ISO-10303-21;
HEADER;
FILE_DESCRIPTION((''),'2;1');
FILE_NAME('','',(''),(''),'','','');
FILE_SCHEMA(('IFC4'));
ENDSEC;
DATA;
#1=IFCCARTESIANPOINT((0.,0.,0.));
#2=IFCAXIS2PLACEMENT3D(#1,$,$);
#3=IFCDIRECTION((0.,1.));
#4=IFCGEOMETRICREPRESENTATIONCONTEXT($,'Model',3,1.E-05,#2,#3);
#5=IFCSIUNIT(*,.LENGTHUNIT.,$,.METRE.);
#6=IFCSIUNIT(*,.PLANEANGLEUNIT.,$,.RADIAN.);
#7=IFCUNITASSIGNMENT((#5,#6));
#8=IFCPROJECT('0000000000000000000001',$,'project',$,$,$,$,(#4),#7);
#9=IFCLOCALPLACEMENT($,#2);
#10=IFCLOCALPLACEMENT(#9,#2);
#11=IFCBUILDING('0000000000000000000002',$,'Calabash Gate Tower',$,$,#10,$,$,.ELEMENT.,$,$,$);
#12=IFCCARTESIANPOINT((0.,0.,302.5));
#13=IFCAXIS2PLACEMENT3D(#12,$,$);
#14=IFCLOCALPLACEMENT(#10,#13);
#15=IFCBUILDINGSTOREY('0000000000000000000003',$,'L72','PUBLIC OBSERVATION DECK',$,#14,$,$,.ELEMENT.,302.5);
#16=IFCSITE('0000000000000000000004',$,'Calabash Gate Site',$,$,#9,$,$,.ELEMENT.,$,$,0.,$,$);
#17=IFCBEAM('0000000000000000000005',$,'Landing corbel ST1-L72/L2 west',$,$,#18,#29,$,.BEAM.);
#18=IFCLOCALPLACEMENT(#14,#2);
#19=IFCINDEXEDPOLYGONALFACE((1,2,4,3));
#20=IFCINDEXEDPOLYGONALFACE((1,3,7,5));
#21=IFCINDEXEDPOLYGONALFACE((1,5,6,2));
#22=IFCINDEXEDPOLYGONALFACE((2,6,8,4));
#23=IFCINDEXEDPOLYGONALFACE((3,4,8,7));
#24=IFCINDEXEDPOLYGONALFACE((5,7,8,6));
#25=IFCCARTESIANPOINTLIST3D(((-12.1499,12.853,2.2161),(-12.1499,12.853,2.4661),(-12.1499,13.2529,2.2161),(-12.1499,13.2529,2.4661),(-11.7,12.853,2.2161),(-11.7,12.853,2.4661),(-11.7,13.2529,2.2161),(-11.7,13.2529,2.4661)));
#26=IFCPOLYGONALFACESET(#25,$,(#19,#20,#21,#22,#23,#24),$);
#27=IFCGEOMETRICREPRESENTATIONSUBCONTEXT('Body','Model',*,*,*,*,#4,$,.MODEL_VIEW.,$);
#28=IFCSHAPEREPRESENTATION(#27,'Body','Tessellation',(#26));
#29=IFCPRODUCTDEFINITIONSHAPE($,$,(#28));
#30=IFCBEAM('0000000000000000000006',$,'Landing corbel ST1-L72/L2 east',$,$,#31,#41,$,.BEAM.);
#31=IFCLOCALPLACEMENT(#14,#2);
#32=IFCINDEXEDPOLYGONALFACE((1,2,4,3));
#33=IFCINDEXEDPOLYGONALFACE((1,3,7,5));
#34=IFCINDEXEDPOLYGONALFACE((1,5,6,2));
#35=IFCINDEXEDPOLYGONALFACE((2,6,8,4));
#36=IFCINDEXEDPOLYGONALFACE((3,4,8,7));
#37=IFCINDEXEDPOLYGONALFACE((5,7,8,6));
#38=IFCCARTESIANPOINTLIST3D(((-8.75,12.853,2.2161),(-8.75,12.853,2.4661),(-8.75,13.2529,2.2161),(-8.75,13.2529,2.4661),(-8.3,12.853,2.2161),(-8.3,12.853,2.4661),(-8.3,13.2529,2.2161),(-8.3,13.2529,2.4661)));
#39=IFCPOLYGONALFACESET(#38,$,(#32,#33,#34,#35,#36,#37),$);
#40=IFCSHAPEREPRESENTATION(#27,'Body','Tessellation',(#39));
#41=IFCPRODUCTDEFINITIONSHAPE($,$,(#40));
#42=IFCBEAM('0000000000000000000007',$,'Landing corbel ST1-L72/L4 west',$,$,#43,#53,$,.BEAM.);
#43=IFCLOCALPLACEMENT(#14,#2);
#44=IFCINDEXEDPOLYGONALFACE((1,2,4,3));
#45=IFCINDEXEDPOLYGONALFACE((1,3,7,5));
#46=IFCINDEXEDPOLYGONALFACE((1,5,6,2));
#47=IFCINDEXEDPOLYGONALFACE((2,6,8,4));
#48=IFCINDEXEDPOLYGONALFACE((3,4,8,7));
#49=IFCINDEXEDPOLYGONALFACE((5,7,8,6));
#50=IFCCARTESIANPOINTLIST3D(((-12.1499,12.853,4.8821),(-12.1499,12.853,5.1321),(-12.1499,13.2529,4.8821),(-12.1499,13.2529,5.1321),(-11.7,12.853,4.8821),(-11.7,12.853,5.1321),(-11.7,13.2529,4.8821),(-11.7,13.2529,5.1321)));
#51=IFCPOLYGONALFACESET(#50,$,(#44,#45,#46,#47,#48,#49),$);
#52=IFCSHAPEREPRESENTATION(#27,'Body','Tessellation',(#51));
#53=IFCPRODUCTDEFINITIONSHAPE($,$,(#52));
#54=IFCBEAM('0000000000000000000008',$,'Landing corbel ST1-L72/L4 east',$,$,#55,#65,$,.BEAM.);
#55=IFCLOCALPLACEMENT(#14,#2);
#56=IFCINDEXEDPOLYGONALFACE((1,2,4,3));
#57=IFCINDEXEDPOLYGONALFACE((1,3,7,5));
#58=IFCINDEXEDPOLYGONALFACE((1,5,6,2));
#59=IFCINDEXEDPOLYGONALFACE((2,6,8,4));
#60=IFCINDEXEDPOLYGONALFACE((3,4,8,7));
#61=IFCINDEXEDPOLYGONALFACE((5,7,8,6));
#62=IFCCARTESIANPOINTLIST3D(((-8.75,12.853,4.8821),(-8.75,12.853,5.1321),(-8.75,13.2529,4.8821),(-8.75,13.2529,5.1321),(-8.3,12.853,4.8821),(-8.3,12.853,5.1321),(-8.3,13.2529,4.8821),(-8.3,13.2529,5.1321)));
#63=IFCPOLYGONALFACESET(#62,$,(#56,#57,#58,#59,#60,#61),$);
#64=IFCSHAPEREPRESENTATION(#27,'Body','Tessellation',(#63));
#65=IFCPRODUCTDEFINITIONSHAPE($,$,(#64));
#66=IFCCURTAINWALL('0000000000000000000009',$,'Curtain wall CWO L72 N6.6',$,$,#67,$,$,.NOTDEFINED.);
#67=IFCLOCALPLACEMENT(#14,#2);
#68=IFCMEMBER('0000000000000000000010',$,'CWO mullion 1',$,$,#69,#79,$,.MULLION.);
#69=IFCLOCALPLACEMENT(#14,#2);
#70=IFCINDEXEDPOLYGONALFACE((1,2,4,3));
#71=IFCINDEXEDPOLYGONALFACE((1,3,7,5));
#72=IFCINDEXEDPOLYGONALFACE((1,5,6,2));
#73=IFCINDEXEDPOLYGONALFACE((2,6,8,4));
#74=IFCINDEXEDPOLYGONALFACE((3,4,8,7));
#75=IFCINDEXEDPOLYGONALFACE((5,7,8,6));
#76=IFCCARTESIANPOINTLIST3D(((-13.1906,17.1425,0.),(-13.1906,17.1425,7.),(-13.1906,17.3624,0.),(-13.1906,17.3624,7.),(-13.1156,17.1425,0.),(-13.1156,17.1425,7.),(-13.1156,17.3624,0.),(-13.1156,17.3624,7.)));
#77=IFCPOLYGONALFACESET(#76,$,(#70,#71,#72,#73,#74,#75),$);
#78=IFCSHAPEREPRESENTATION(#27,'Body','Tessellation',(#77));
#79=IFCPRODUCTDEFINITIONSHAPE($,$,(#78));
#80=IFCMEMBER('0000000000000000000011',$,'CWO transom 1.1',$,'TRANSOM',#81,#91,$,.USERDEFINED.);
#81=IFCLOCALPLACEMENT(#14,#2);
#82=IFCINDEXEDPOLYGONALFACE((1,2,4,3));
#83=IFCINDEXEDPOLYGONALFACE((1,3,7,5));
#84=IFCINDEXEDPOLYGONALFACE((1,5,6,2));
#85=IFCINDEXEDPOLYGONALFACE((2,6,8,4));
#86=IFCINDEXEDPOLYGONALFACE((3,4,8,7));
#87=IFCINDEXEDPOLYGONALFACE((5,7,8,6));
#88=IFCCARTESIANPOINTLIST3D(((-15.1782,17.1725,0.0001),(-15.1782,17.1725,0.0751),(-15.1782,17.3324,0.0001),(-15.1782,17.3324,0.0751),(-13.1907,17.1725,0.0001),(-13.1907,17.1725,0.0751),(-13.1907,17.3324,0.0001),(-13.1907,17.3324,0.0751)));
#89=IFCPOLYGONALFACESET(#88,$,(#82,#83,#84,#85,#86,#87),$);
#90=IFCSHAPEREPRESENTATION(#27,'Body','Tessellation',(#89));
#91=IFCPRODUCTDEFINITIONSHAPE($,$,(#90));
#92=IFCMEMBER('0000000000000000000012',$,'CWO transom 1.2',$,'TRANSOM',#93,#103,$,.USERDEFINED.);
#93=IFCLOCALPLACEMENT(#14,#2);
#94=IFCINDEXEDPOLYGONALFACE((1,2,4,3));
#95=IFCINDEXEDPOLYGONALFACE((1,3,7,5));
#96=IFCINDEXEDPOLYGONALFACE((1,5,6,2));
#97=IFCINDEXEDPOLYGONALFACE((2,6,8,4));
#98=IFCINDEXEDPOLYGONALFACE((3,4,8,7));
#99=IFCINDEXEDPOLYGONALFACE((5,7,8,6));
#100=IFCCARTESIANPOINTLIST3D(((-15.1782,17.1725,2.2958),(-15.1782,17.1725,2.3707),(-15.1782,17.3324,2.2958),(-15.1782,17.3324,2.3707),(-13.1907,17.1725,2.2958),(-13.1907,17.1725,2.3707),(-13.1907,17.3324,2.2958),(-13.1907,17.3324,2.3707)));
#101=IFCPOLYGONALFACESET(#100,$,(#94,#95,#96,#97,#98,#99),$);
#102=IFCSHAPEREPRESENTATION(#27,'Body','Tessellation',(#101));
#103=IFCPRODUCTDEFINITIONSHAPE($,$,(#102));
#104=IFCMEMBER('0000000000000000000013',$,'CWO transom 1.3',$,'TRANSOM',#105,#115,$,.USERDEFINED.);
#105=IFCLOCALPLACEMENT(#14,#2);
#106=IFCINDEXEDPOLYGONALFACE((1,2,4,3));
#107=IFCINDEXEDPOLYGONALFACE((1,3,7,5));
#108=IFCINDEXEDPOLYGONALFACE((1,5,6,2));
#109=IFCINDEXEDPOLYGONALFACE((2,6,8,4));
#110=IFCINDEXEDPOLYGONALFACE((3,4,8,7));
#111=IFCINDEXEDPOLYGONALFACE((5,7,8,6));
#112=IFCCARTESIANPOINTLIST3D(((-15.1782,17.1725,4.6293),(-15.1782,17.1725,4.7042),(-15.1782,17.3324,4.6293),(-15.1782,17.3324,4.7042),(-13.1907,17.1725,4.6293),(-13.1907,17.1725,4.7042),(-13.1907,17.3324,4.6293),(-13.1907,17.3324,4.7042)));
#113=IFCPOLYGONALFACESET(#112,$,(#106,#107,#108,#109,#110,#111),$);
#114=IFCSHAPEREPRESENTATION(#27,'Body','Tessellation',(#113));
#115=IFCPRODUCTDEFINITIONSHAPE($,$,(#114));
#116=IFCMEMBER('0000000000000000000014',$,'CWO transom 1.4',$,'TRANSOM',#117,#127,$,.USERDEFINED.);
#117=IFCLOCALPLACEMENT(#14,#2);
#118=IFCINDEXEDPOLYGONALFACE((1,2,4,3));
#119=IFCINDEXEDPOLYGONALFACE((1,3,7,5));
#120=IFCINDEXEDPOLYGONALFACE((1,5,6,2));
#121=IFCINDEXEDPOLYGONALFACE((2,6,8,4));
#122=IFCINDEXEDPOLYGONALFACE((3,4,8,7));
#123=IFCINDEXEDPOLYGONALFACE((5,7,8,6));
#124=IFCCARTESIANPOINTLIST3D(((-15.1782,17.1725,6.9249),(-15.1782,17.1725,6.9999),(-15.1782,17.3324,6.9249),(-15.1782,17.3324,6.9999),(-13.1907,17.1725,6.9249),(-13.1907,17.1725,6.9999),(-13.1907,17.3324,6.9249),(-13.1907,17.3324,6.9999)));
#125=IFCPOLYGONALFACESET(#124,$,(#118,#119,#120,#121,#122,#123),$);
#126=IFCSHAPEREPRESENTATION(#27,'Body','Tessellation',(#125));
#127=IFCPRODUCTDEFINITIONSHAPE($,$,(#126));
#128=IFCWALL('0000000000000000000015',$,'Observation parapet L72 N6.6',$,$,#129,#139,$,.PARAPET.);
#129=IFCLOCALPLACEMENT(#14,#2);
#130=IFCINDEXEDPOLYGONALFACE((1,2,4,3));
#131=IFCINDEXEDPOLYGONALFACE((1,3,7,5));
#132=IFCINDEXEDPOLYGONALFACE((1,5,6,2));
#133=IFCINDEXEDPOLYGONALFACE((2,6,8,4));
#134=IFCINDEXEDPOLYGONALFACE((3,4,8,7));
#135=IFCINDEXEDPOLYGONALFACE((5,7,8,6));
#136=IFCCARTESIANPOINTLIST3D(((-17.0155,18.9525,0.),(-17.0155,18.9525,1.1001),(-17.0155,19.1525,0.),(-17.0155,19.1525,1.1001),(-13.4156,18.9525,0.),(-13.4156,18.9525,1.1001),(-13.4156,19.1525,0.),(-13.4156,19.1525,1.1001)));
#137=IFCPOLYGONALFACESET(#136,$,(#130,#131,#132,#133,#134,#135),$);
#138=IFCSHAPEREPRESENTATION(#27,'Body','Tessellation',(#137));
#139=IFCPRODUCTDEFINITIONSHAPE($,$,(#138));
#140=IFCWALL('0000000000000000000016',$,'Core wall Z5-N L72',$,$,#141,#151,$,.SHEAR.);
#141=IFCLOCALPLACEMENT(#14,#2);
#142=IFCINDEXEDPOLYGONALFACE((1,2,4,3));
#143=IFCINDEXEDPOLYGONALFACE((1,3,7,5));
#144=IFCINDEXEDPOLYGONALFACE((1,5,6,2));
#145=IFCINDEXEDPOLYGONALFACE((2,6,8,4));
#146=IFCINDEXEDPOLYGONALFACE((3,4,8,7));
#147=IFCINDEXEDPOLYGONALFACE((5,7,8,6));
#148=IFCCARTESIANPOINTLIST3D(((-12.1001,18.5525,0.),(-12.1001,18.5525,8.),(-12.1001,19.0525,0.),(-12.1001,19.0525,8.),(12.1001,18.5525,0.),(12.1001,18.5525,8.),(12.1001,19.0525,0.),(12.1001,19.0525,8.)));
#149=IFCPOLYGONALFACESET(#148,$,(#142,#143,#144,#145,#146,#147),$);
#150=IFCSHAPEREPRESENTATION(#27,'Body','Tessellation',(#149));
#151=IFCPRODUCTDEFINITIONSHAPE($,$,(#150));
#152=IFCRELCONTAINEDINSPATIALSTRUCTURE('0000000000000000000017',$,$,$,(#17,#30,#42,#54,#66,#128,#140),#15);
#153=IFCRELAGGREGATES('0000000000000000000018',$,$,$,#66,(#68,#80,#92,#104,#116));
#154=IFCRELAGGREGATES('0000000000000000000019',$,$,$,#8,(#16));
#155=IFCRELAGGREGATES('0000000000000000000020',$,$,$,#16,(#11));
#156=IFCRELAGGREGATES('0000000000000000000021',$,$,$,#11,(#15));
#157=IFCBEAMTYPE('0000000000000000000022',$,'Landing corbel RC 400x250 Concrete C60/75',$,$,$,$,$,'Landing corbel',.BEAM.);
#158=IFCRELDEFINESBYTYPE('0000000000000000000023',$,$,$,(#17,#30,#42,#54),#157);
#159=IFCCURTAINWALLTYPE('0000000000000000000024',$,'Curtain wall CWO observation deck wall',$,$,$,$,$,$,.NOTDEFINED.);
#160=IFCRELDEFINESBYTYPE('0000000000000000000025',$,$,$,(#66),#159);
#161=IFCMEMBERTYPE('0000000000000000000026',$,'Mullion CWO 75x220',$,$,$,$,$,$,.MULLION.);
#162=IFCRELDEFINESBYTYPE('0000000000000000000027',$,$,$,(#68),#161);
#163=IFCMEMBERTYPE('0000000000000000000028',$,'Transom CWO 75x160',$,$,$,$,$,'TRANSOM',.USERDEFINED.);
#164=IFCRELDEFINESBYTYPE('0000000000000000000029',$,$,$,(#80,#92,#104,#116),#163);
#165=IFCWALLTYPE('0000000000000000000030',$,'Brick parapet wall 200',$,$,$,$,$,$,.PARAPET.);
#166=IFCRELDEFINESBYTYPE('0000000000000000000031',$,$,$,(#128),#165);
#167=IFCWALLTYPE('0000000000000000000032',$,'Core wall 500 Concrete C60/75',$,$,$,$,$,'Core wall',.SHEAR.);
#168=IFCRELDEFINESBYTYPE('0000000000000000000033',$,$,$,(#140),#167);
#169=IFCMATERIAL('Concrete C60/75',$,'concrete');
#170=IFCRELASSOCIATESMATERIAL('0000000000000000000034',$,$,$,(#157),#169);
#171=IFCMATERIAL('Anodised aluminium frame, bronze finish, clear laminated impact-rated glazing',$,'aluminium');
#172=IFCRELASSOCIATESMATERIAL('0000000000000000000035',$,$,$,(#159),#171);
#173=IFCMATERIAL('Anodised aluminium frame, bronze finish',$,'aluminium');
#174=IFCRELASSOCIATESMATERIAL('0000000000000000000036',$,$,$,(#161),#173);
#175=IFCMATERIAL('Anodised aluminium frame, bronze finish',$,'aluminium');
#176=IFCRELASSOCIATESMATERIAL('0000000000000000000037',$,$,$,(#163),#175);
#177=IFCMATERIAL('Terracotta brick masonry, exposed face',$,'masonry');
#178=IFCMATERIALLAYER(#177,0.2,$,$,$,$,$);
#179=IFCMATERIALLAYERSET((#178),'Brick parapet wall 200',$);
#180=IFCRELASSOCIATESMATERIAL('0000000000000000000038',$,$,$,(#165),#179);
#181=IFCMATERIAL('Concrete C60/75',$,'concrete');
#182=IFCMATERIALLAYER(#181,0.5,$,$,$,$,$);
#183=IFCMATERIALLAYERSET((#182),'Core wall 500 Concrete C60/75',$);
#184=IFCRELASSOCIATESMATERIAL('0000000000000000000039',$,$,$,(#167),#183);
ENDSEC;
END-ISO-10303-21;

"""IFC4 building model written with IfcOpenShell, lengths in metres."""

from ifc_helpers import new_model, si_unit, direction, frame, frame_2d, origin, origin_2d, place, context, subcontext, project, spatial, rectangle, extrude, material, layer, layer_set, material_profile, profile_set, type_object, element, aggregate, save


model = new_model("IFC4")

# Units and contexts
model_context = context("Model", 3, precision=1e-05, world=origin(), true_north=direction((0.0, 1.0)))
body_context = subcontext(model_context, "Body", "Model", "MODEL_VIEW")
ifc_project = project(units=[si_unit("LENGTHUNIT", "METRE"), si_unit("PLANEANGLEUNIT", "RADIAN")], contexts=[model_context])

# Site, building, storey
site_placement = place(None, origin())
site = spatial("IfcSite", under=ifc_project, at=site_placement, Name="Calabash Gate Site", CompositionType="ELEMENT", RefElevation=0.0)
building_placement = place(site_placement, origin())
building = spatial("IfcBuilding", under=site, at=building_placement, Name="Calabash Gate Tower", CompositionType="ELEMENT")
storey_placement = place(building_placement, frame((0.0, 0.0, 302.5)))
storey = spatial("IfcBuildingStorey", under=building, at=storey_placement, Name="L72", Description="PUBLIC OBSERVATION DECK", CompositionType="ELEMENT", Elevation=302.5)

# Beams
ifc_material_1 = material(Name="Concrete C60/75", Category="concrete")
ifc_material_profile_1 = material_profile(ifc_material_1, rectangle(XDim=0.3999, YDim=0.25, at=origin_2d()))
ifc_profile_set_1 = profile_set([ifc_material_profile_1], Name="Concrete C60/75")
beam_type = type_object("IfcBeamType", Name="Landing corbel RC 400x250 Concrete C60/75", ElementType="Landing corbel", PredefinedType="BEAM", material=ifc_profile_set_1)
for number, where, z_axis, x_axis, name in (
    (1, (-12.1499, 13.053, 2.3411), (1.0, 0.0, 0.0), (0.0, 1.0, 0.0), "Landing corbel ST1-L72/L2 west"),
    (2, (-8.3, 13.053, 2.3411), (-1.0, 0.0, 0.0), (0.0, -1.0, 0.0), "Landing corbel ST1-L72/L2 east"),
    (3, (-12.1499, 13.053, 5.0071), (1.0, 0.0, 0.0), (0.0, 1.0, 0.0), "Landing corbel ST1-L72/L4 west"),
    (4, (-8.3, 13.053, 5.0071), (-1.0, 0.0, 0.0), (0.0, -1.0, 0.0), "Landing corbel ST1-L72/L4 east"),
):
    element("IfcBeam", number, at=place(storey_placement, frame(where, z_axis=z_axis, x_axis=x_axis)), inside=storey, type_object=beam_type, Name=name, PredefinedType="BEAM", context=body_context, shape_type="SweptSolid", body=[
        extrude(rectangle(XDim=0.3999, YDim=0.25, at=origin_2d()), origin(), (0.0, 0.0, 1.0), 0.45),
    ])

# Curtain wall, members
ifc_material_2 = material(Name="Anodised aluminium frame, bronze finish, clear laminated impact-rated glazing", Category="aluminium")
curtain_wall_type = type_object("IfcCurtainWallType", Name="Curtain wall CWO observation deck wall", PredefinedType="NOTDEFINED", material=ifc_material_2)
curtain_wall_placement = place(storey_placement, origin())
curtain_wall = element("IfcCurtainWall", 5, at=curtain_wall_placement, inside=storey, type_object=curtain_wall_type, Name="Curtain wall CWO L72 N6.6", PredefinedType="NOTDEFINED")
ifc_material_3 = material(Name="Anodised aluminium frame, bronze finish", Category="aluminium")
ifc_material_profile_2 = material_profile(ifc_material_3, rectangle(XDim=0.22, YDim=0.075, at=origin_2d()))
ifc_profile_set_2 = profile_set([ifc_material_profile_2], Name="Anodised aluminium frame, bronze finish")
member_type_1 = type_object("IfcMemberType", Name="Mullion CWO 75x220", PredefinedType="MULLION", material=ifc_profile_set_2)
member_1_placement = place(storey_placement, frame((-13.1531, 17.2524, 0.0), z_axis=(0.0, 0.0, 1.0), x_axis=(0.0, -1.0, 0.0)))
member_1 = element("IfcMember", 6, at=member_1_placement, type_object=member_type_1, Name="CWO mullion 1", PredefinedType="MULLION", context=body_context, shape_type="SweptSolid", body=[
    extrude(rectangle(XDim=0.22, YDim=0.075, at=origin_2d()), origin(), (0.0, 0.0, 1.0), 7.0),
])
ifc_material_4 = material(Name="Anodised aluminium frame, bronze finish", Category="aluminium")
ifc_material_profile_3 = material_profile(ifc_material_4, rectangle(XDim=0.1599, YDim=0.075, at=origin_2d()))
ifc_profile_set_3 = profile_set([ifc_material_profile_3], Name="Anodised aluminium frame, bronze finish")
member_type_2 = type_object("IfcMemberType", Name="Transom CWO 75x160", ElementType="TRANSOM", PredefinedType="USERDEFINED", material=ifc_profile_set_3)
member_2_placement = place(storey_placement, frame((-13.1907, 17.2524, 0.0376), z_axis=(-1.0, 0.0, 0.0), x_axis=(0.0, -1.0, 0.0)))
member_2 = element("IfcMember", 7, at=member_2_placement, type_object=member_type_2, Name="CWO transom 1.1", ObjectType="TRANSOM", PredefinedType="USERDEFINED", context=body_context, shape_type="SweptSolid", body=[
    extrude(rectangle(XDim=0.1599, YDim=0.075, at=origin_2d()), origin(), (0.0, 0.0, 1.0), 1.9875),
])
member_3_placement = place(storey_placement, frame((-13.1907, 17.2524, 2.3333), z_axis=(-1.0, 0.0, 0.0), x_axis=(0.0, -1.0, 0.0)))
member_3 = element("IfcMember", 8, at=member_3_placement, type_object=member_type_2, Name="CWO transom 1.2", ObjectType="TRANSOM", PredefinedType="USERDEFINED", context=body_context, shape_type="SweptSolid", body=[
    extrude(rectangle(XDim=0.1599, YDim=0.075, at=origin_2d()), origin(), (0.0, 0.0, 1.0), 1.9875),
])
member_4_placement = place(storey_placement, frame((-13.1907, 17.2524, 4.6667), z_axis=(-1.0, 0.0, 0.0), x_axis=(0.0, -1.0, 0.0)))
member_4 = element("IfcMember", 9, at=member_4_placement, type_object=member_type_2, Name="CWO transom 1.3", ObjectType="TRANSOM", PredefinedType="USERDEFINED", context=body_context, shape_type="SweptSolid", body=[
    extrude(rectangle(XDim=0.1599, YDim=0.075, at=origin_2d()), origin(), (0.0, 0.0, 1.0), 1.9875),
])
member_5_placement = place(storey_placement, frame((-13.1907, 17.2524, 6.9624), z_axis=(-1.0, 0.0, 0.0), x_axis=(0.0, -1.0, 0.0)))
member_5 = element("IfcMember", 10, at=member_5_placement, type_object=member_type_2, Name="CWO transom 1.4", ObjectType="TRANSOM", PredefinedType="USERDEFINED", context=body_context, shape_type="SweptSolid", body=[
    extrude(rectangle(XDim=0.1599, YDim=0.075, at=origin_2d()), origin(), (0.0, 0.0, 1.0), 1.9875),
])
aggregate(curtain_wall, [member_1, member_2, member_3, member_4, member_5])

# Walls
ifc_material_5 = material(Name="Terracotta brick masonry, exposed face", Category="masonry")
ifc_layer_1 = layer(ifc_material_5, 0.2)
ifc_layer_set_1 = layer_set([ifc_layer_1], Name="Brick parapet wall 200")
wall_type_1 = type_object("IfcWallType", Name="Brick parapet wall 200", PredefinedType="PARAPET", material=ifc_layer_set_1)
wall_1_placement = place(storey_placement, frame((-13.4158, 19.0525, 0.0), z_axis=(0.0, 0.0, 1.0), x_axis=(-1.0, 0.0, 0.0)))
element("IfcWall", 11, at=wall_1_placement, inside=storey, type_object=wall_type_1, Name="Observation parapet L72 N6.6", PredefinedType="PARAPET", context=body_context, shape_type="SweptSolid", body=[
    extrude(rectangle(XDim=3.5999, YDim=0.2, at=frame_2d((1.7998, 0.0))), origin(), (0.0, 0.0, 1.0), 1.1001),
])
ifc_material_6 = material(Name="Concrete C60/75", Category="concrete")
ifc_layer_2 = layer(ifc_material_6, 0.5)
ifc_layer_set_2 = layer_set([ifc_layer_2], Name="Core wall 500 Concrete C60/75")
wall_type_2 = type_object("IfcWallType", Name="Core wall 500 Concrete C60/75", ElementType="Core wall", PredefinedType="SHEAR", material=ifc_layer_set_2)
wall_2_placement = place(storey_placement, frame((-12.1001, 18.8025, 0.0), z_axis=(0.0, 0.0, 1.0), x_axis=(1.0, 0.0, 0.0)))
element("IfcWall", 12, at=wall_2_placement, inside=storey, type_object=wall_type_2, Name="Core wall Z5-N L72", PredefinedType="SHEAR", context=body_context, shape_type="SweptSolid", body=[
    extrude(rectangle(XDim=24.2002, YDim=0.5, at=frame_2d((12.1001, 0.0))), origin(), (0.0, 0.0, 1.0), 8.0),
])

save(model, "model.ifc")
